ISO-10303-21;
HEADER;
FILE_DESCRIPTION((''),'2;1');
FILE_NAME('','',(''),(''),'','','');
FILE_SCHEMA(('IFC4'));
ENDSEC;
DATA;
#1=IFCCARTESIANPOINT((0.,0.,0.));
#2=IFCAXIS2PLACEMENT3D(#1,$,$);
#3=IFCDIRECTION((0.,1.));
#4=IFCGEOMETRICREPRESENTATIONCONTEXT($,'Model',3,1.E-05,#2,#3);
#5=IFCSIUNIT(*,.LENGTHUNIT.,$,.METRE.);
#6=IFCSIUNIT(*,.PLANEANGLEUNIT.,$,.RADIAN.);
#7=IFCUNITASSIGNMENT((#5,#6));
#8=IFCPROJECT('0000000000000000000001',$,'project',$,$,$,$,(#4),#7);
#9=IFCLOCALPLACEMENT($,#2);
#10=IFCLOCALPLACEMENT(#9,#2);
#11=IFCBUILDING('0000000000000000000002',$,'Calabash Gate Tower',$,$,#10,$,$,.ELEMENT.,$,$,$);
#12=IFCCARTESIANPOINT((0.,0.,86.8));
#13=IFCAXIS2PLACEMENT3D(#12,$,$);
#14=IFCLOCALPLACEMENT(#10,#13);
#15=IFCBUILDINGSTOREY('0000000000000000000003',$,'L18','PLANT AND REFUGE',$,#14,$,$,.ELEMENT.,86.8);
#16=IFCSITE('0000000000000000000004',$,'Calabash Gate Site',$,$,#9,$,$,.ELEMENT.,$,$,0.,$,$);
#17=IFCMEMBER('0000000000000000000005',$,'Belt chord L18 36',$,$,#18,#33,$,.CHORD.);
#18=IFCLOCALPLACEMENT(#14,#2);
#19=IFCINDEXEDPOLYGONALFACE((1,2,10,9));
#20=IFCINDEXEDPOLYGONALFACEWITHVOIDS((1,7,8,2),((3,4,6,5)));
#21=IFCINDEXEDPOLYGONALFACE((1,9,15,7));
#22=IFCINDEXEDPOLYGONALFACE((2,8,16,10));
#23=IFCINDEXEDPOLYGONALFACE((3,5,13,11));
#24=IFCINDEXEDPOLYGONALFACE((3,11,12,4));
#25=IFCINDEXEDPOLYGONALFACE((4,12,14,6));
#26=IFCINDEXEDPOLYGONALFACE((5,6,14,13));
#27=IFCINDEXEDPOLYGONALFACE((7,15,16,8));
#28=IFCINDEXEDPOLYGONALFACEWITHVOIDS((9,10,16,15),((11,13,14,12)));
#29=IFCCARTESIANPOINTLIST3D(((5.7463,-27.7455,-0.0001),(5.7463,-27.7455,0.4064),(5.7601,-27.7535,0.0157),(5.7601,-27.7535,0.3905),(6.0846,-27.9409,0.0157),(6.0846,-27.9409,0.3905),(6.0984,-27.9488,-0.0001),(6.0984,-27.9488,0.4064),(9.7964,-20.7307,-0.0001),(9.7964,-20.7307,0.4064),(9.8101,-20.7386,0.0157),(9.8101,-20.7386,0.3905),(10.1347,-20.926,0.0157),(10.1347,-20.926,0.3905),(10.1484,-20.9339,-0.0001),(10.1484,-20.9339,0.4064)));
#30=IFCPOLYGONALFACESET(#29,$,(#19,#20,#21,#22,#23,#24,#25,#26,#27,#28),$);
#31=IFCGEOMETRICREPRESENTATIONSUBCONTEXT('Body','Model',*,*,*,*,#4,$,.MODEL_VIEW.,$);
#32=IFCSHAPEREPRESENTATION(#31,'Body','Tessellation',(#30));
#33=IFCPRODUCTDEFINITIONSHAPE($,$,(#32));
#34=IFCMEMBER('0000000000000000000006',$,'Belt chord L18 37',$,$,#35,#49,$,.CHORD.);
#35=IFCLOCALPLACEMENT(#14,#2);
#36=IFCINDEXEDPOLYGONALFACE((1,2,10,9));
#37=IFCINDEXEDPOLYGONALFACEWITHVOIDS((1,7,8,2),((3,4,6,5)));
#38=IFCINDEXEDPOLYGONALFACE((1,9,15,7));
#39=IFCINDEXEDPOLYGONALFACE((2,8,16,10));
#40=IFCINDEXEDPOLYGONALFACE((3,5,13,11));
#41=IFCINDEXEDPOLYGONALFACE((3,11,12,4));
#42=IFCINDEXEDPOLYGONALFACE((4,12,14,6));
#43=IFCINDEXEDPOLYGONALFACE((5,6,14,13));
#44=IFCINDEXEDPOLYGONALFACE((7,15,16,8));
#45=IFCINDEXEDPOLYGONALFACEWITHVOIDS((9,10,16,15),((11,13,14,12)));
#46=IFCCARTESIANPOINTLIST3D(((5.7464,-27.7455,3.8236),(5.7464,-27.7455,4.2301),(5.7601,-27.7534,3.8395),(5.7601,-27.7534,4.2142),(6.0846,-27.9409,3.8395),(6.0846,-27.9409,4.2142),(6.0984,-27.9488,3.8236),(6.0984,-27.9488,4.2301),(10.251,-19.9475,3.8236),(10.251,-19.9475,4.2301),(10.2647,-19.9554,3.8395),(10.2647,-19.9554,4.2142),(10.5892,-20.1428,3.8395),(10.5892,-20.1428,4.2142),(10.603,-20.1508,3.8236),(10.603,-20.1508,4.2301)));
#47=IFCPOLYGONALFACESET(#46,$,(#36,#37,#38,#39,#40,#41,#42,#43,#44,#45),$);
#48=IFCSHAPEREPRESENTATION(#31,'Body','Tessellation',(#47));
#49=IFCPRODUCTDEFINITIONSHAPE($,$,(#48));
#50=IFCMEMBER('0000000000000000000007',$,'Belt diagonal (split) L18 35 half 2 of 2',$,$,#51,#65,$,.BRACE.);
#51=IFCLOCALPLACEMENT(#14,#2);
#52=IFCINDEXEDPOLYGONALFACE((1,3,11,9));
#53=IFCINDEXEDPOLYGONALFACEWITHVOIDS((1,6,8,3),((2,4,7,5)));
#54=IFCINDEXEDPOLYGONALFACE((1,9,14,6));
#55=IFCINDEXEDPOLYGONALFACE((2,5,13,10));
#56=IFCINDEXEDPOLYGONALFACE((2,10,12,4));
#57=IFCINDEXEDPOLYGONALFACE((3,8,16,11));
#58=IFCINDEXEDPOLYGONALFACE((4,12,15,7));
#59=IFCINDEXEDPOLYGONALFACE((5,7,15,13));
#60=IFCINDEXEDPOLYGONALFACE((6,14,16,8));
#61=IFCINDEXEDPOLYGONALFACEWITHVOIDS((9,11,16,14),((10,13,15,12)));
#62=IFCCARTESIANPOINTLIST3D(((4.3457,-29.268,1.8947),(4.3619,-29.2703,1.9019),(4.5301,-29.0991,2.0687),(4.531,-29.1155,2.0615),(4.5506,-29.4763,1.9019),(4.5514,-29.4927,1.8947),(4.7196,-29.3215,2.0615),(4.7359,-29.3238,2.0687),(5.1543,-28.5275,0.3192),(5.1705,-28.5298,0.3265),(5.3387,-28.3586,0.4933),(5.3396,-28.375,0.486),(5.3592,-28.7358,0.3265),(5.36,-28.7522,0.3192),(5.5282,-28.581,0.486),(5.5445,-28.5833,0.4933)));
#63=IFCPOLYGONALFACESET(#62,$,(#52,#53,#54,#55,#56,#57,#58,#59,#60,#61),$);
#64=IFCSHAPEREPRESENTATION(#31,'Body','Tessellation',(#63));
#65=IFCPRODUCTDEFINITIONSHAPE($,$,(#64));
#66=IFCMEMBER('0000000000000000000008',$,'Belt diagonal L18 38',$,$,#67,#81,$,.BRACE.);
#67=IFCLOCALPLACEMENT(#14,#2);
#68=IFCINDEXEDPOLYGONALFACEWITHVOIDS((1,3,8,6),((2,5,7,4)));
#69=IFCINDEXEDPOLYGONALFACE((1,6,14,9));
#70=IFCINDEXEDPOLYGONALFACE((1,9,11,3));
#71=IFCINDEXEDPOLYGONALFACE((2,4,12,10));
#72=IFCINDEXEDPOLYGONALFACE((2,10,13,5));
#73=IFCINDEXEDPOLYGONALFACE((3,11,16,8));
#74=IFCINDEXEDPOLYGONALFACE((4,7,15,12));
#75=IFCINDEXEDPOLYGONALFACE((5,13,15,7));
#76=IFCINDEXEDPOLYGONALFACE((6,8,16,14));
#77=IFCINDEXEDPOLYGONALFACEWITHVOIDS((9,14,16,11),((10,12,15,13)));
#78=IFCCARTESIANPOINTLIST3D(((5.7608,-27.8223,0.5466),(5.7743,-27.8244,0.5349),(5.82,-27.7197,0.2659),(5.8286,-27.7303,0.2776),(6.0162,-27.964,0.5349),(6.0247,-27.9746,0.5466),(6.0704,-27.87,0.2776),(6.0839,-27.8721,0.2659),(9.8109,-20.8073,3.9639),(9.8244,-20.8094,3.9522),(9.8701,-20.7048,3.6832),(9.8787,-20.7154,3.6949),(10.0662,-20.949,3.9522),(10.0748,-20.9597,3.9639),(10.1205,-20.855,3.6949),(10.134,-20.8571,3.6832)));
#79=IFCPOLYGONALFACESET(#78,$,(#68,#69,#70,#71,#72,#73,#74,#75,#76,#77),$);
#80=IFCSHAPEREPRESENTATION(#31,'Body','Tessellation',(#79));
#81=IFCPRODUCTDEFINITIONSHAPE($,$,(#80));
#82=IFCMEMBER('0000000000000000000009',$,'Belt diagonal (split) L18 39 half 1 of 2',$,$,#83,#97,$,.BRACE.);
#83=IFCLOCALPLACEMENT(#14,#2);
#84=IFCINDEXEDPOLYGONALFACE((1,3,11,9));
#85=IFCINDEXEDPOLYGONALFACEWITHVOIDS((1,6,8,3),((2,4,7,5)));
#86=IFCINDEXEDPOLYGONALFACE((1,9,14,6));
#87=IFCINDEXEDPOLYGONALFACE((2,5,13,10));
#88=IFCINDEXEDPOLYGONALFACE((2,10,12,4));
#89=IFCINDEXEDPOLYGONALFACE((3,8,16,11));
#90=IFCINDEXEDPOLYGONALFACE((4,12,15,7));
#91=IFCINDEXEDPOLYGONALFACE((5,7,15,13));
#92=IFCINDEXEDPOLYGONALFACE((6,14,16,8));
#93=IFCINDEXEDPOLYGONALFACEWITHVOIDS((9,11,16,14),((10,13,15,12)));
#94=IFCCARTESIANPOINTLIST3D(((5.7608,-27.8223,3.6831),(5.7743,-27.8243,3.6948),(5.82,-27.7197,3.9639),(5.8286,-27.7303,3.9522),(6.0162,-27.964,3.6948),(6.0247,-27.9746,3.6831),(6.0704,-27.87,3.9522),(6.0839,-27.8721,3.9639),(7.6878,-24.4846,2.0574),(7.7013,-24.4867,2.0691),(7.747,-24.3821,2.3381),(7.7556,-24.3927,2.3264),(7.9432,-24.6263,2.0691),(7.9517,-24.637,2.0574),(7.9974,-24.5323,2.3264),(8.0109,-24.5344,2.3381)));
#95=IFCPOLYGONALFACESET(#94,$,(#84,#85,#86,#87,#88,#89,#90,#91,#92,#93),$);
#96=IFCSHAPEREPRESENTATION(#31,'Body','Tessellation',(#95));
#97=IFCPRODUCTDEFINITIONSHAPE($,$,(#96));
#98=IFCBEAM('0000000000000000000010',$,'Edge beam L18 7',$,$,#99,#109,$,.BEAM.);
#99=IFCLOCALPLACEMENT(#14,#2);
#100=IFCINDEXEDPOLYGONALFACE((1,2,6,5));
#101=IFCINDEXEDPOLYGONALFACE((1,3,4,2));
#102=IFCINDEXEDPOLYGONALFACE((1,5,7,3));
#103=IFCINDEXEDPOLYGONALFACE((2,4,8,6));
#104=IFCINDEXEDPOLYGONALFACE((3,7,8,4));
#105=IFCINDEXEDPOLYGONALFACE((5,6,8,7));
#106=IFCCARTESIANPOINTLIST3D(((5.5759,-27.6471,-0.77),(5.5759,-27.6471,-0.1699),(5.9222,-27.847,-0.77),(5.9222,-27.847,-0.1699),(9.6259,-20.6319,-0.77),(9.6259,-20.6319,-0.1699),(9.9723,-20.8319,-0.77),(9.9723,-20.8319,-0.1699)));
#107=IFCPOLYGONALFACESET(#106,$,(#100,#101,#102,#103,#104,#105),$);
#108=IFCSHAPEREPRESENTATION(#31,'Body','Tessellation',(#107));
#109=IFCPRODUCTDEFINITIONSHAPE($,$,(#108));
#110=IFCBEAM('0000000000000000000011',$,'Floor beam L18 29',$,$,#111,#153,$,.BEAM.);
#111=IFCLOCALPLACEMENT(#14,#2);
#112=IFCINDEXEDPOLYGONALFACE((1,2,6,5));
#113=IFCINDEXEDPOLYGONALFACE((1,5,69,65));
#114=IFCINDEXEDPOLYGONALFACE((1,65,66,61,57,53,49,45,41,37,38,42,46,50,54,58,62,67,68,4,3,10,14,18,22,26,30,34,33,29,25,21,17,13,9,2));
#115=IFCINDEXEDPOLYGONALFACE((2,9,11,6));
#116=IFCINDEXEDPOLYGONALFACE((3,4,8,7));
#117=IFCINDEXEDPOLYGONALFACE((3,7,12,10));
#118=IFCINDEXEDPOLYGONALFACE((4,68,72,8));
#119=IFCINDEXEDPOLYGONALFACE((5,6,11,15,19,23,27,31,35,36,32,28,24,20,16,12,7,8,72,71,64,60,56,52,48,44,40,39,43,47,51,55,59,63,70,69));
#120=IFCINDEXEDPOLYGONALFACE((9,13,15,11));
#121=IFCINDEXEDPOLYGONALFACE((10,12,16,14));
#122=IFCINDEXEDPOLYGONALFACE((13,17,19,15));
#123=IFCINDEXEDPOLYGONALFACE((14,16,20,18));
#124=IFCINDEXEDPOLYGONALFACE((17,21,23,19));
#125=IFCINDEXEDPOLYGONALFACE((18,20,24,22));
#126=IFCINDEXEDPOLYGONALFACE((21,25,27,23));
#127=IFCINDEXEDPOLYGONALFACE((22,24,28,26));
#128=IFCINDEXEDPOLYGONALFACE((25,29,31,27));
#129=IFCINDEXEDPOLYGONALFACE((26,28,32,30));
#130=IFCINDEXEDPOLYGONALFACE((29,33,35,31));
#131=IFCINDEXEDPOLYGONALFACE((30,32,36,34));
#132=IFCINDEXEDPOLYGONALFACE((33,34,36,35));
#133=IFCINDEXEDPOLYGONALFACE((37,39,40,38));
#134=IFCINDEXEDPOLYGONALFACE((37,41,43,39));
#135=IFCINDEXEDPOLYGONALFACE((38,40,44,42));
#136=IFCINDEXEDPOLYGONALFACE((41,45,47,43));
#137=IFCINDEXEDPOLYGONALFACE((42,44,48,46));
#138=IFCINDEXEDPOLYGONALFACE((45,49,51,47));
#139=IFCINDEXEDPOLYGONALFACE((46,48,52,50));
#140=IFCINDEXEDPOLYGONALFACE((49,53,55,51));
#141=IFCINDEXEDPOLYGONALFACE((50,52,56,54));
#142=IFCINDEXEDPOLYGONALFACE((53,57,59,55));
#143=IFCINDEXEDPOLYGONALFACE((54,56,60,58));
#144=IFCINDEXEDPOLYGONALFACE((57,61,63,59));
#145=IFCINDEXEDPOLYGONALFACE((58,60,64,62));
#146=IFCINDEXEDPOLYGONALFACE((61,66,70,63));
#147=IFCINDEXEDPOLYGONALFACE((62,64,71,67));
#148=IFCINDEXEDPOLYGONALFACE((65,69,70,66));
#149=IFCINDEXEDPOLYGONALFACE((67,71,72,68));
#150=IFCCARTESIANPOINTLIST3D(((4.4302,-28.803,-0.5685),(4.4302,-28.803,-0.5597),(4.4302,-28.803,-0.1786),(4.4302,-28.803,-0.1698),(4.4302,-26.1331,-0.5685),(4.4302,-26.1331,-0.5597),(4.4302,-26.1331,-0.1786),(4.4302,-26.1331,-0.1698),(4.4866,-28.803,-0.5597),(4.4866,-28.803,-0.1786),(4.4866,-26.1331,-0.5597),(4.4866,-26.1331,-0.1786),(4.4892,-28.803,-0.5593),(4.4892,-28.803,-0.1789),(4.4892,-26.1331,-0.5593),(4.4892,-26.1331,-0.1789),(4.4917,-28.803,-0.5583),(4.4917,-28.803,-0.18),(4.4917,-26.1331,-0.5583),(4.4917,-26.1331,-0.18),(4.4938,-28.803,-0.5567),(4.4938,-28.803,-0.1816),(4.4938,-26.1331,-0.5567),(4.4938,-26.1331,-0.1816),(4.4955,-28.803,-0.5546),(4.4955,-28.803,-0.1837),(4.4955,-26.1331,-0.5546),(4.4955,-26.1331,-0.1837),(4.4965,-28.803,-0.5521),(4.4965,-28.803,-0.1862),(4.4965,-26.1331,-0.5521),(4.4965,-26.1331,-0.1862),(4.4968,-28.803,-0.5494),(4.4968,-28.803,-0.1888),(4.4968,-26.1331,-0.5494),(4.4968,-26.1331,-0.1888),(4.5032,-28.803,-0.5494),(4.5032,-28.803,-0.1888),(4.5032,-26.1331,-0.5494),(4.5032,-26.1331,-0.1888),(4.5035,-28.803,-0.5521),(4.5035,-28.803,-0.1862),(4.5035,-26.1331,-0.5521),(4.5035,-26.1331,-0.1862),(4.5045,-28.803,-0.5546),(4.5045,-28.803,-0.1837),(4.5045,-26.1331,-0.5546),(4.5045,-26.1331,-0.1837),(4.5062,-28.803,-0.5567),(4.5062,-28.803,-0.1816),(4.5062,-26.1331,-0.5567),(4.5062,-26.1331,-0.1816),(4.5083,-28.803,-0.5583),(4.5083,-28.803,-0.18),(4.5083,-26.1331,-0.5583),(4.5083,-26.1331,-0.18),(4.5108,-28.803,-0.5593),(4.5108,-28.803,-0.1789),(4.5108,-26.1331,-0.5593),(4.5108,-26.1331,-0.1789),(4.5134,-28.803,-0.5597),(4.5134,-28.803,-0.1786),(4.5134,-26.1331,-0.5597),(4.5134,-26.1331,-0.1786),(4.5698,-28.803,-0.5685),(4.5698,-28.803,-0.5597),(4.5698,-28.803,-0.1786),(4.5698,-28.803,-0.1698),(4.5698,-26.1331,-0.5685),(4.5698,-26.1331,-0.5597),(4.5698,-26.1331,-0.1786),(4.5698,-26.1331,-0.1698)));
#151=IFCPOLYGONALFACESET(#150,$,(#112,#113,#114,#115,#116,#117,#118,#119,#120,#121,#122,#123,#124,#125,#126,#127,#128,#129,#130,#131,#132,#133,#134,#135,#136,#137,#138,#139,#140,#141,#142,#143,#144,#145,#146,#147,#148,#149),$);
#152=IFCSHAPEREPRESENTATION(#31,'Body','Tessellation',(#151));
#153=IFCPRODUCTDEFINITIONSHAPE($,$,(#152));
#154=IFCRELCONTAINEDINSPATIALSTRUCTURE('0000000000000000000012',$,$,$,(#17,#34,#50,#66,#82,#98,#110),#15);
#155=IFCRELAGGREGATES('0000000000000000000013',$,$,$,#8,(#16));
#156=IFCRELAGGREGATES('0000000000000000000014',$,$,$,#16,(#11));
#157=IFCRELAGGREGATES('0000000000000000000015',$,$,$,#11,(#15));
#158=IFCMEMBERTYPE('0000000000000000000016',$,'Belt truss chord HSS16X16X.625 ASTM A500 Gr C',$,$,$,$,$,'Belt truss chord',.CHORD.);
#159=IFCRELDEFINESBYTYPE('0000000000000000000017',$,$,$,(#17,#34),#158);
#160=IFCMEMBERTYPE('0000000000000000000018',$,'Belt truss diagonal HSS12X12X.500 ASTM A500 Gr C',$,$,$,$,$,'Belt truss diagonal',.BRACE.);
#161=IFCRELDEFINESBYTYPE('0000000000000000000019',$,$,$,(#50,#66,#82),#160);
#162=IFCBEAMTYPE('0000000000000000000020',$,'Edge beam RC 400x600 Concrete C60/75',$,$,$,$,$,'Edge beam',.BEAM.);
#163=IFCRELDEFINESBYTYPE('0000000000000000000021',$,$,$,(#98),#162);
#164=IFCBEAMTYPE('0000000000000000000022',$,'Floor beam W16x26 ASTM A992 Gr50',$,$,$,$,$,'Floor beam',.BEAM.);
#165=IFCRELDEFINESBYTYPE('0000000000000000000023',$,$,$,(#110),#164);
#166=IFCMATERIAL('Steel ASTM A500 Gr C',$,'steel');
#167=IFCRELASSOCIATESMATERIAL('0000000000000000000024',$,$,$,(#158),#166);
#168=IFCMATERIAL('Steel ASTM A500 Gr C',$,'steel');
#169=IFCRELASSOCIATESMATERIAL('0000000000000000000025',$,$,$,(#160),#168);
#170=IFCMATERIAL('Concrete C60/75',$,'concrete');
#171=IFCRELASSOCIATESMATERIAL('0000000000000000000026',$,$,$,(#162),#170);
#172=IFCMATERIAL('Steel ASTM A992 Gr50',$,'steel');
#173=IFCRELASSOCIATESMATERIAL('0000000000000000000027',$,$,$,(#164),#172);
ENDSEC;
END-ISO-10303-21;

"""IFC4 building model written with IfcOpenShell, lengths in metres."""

from ifc_helpers import new_model, si_unit, direction, frame, origin, origin_2d, place, context, subcontext, project, spatial, rectangle, hollow_rectangle, i_section, extrude, material, material_profile, profile_set, type_object, element, save


model = new_model("IFC4")

# Units and contexts
model_context = context("Model", 3, precision=1e-05, world=origin(), true_north=direction((0.0, 1.0)))
body_context = subcontext(model_context, "Body", "Model", "MODEL_VIEW")
ifc_project = project(units=[si_unit("LENGTHUNIT", "METRE"), si_unit("PLANEANGLEUNIT", "RADIAN")], contexts=[model_context])

# Site, building, storey
site_placement = place(None, origin())
site = spatial("IfcSite", under=ifc_project, at=site_placement, Name="Calabash Gate Site", CompositionType="ELEMENT", RefElevation=0.0)
building_placement = place(site_placement, origin())
building = spatial("IfcBuilding", under=site, at=building_placement, Name="Calabash Gate Tower", CompositionType="ELEMENT")
storey_placement = place(building_placement, frame((0.0, 0.0, 86.8)))
storey = spatial("IfcBuildingStorey", under=building, at=storey_placement, Name="L18", Description="PLANT AND REFUGE", CompositionType="ELEMENT", Elevation=86.8)

# Members
ifc_material_1 = material(Name="Steel ASTM A500 Gr C", Category="steel")
ifc_material_profile_1 = material_profile(ifc_material_1, hollow_rectangle(XDim=0.4065, YDim=0.4065, WallThickness=0.0159, at=origin_2d()))
ifc_profile_set_1 = profile_set([ifc_material_profile_1], Name="Steel ASTM A500 Gr C")
member_type_1 = type_object("IfcMemberType", Name="Belt truss chord HSS16X16X.625 ASTM A500 Gr C", ElementType="Belt truss chord", PredefinedType="CHORD", material=ifc_profile_set_1)
member_1_placement = place(storey_placement, frame((5.9224, -27.8472, 0.2031), z_axis=(0.5, 0.866025, 0.0), x_axis=(-0.866025, 0.5, 0.0)))
element("IfcMember", 1, at=member_1_placement, inside=storey, type_object=member_type_1, Name="Belt chord L18 36", PredefinedType="CHORD", context=body_context, shape_type="SweptSolid", body=[
    extrude(hollow_rectangle(XDim=0.4065, YDim=0.4065, WallThickness=0.0159, at=origin_2d()), origin(), (0.0, 0.0, 1.0), 8.1001),
])
member_2_placement = place(storey_placement, frame((5.9224, -27.8472, 4.0269), z_axis=(0.5002, 0.86591, 0.0), x_axis=(-0.86591, 0.5002, 0.0)))
element("IfcMember", 2, at=member_2_placement, inside=storey, type_object=member_type_1, Name="Belt chord L18 37", PredefinedType="CHORD", context=body_context, shape_type="SweptSolid", body=[
    extrude(hollow_rectangle(XDim=0.4065, YDim=0.4065, WallThickness=0.0159, at=origin_2d()), origin(), (0.0, 0.0, 1.0), 9.0056),
])
ifc_material_2 = material(Name="Steel ASTM A500 Gr C", Category="steel")
ifc_material_profile_2 = material_profile(ifc_material_2, hollow_rectangle(XDim=0.3047, YDim=0.3047, WallThickness=0.0127, at=origin_2d()))
ifc_profile_set_2 = profile_set([ifc_material_profile_2], Name="Steel ASTM A500 Gr C")
member_type_2 = type_object("IfcMemberType", Name="Belt truss diagonal HSS12X12X.500 ASTM A500 Gr C", ElementType="Belt truss diagonal", PredefinedType="BRACE", material=ifc_profile_set_2)
member_3_placement = place(storey_placement, frame((4.5408, -29.2959, 1.9817), z_axis=(0.421272, 0.385784, -0.820793), x_axis=(-0.675362, 0.737487, 0.0)))
element("IfcMember", 3, at=member_3_placement, inside=storey, type_object=member_type_2, Name="Belt diagonal (split) L18 35 half 2 of 2", PredefinedType="BRACE", context=body_context, shape_type="SweptSolid", body=[
    extrude(hollow_rectangle(XDim=0.3047, YDim=0.3047, WallThickness=0.0127, at=origin_2d()), origin(), (0.0, 0.0, 1.0), 1.9194),
])
member_4_placement = place(storey_placement, frame((5.9224, -27.8472, 0.4062), z_axis=(0.460682, 0.797925, 0.388701), x_axis=(-0.866025, 0.5, 0.0)))
element("IfcMember", 4, at=member_4_placement, inside=storey, type_object=member_type_2, Name="Belt diagonal L18 38", PredefinedType="BRACE", context=body_context, shape_type="SweptSolid", body=[
    extrude(hollow_rectangle(XDim=0.3047, YDim=0.3047, WallThickness=0.0127, at=origin_2d()), origin(), (0.0, 0.0, 1.0), 8.7915),
])
member_5_placement = place(storey_placement, frame((5.9224, -27.8472, 3.8235), z_axis=(0.460691, 0.797936, -0.388666), x_axis=(-0.866024, 0.500002, 0.0)))
element("IfcMember", 5, at=member_5_placement, inside=storey, type_object=member_type_2, Name="Belt diagonal (split) L18 39 half 1 of 2", PredefinedType="BRACE", context=body_context, shape_type="SweptSolid", body=[
    extrude(hollow_rectangle(XDim=0.3047, YDim=0.3047, WallThickness=0.0127, at=origin_2d()), origin(), (0.0, 0.0, 1.0), 4.1829),
])

# Beams
ifc_material_3 = material(Name="Concrete C60/75", Category="concrete")
ifc_material_profile_3 = material_profile(ifc_material_3, rectangle(XDim=0.3999, YDim=0.6001, at=origin_2d()))
ifc_profile_set_3 = profile_set([ifc_material_profile_3], Name="Concrete C60/75")
beam_type_1 = type_object("IfcBeamType", Name="Edge beam RC 400x600 Concrete C60/75", ElementType="Edge beam", PredefinedType="BEAM", material=ifc_profile_set_3)
beam_1_placement = place(storey_placement, frame((5.749, -27.7471, -0.47), z_axis=(0.499987, 0.866033, 0.0), x_axis=(-0.866033, 0.499987, 0.0)))
element("IfcBeam", 6, at=beam_1_placement, inside=storey, type_object=beam_type_1, Name="Edge beam L18 7", PredefinedType="BEAM", context=body_context, shape_type="SweptSolid", body=[
    extrude(rectangle(XDim=0.3999, YDim=0.6001, at=origin_2d()), origin(), (0.0, 0.0, 1.0), 8.1003),
])
ifc_material_4 = material(Name="Steel ASTM A992 Gr50", Category="steel")
ifc_material_profile_4 = material_profile(ifc_material_4, i_section(OverallWidth=0.1396, OverallDepth=0.3987, WebThickness=0.0063, FlangeThickness=0.0088, FilletRadius=0.0103, at=origin_2d()))
ifc_profile_set_4 = profile_set([ifc_material_profile_4], Name="Steel ASTM A992 Gr50")
beam_type_2 = type_object("IfcBeamType", Name="Floor beam W16x26 ASTM A992 Gr50", ElementType="Floor beam", PredefinedType="BEAM", material=ifc_profile_set_4)
beam_2_placement = place(storey_placement, frame((4.5, -28.803, -0.3691), z_axis=(0.0, 1.0, 0.0), x_axis=(-1.0, 0.0, 0.0)))
element("IfcBeam", 7, at=beam_2_placement, inside=storey, type_object=beam_type_2, Name="Floor beam L18 29", PredefinedType="BEAM", context=body_context, shape_type="SweptSolid", body=[
    extrude(i_section(OverallWidth=0.1396, OverallDepth=0.3987, WebThickness=0.0063, FlangeThickness=0.0088, FilletRadius=0.0103, at=origin_2d()), origin(), (0.0, 0.0, 1.0), 2.6699),
])

save(model, "model.ifc")
